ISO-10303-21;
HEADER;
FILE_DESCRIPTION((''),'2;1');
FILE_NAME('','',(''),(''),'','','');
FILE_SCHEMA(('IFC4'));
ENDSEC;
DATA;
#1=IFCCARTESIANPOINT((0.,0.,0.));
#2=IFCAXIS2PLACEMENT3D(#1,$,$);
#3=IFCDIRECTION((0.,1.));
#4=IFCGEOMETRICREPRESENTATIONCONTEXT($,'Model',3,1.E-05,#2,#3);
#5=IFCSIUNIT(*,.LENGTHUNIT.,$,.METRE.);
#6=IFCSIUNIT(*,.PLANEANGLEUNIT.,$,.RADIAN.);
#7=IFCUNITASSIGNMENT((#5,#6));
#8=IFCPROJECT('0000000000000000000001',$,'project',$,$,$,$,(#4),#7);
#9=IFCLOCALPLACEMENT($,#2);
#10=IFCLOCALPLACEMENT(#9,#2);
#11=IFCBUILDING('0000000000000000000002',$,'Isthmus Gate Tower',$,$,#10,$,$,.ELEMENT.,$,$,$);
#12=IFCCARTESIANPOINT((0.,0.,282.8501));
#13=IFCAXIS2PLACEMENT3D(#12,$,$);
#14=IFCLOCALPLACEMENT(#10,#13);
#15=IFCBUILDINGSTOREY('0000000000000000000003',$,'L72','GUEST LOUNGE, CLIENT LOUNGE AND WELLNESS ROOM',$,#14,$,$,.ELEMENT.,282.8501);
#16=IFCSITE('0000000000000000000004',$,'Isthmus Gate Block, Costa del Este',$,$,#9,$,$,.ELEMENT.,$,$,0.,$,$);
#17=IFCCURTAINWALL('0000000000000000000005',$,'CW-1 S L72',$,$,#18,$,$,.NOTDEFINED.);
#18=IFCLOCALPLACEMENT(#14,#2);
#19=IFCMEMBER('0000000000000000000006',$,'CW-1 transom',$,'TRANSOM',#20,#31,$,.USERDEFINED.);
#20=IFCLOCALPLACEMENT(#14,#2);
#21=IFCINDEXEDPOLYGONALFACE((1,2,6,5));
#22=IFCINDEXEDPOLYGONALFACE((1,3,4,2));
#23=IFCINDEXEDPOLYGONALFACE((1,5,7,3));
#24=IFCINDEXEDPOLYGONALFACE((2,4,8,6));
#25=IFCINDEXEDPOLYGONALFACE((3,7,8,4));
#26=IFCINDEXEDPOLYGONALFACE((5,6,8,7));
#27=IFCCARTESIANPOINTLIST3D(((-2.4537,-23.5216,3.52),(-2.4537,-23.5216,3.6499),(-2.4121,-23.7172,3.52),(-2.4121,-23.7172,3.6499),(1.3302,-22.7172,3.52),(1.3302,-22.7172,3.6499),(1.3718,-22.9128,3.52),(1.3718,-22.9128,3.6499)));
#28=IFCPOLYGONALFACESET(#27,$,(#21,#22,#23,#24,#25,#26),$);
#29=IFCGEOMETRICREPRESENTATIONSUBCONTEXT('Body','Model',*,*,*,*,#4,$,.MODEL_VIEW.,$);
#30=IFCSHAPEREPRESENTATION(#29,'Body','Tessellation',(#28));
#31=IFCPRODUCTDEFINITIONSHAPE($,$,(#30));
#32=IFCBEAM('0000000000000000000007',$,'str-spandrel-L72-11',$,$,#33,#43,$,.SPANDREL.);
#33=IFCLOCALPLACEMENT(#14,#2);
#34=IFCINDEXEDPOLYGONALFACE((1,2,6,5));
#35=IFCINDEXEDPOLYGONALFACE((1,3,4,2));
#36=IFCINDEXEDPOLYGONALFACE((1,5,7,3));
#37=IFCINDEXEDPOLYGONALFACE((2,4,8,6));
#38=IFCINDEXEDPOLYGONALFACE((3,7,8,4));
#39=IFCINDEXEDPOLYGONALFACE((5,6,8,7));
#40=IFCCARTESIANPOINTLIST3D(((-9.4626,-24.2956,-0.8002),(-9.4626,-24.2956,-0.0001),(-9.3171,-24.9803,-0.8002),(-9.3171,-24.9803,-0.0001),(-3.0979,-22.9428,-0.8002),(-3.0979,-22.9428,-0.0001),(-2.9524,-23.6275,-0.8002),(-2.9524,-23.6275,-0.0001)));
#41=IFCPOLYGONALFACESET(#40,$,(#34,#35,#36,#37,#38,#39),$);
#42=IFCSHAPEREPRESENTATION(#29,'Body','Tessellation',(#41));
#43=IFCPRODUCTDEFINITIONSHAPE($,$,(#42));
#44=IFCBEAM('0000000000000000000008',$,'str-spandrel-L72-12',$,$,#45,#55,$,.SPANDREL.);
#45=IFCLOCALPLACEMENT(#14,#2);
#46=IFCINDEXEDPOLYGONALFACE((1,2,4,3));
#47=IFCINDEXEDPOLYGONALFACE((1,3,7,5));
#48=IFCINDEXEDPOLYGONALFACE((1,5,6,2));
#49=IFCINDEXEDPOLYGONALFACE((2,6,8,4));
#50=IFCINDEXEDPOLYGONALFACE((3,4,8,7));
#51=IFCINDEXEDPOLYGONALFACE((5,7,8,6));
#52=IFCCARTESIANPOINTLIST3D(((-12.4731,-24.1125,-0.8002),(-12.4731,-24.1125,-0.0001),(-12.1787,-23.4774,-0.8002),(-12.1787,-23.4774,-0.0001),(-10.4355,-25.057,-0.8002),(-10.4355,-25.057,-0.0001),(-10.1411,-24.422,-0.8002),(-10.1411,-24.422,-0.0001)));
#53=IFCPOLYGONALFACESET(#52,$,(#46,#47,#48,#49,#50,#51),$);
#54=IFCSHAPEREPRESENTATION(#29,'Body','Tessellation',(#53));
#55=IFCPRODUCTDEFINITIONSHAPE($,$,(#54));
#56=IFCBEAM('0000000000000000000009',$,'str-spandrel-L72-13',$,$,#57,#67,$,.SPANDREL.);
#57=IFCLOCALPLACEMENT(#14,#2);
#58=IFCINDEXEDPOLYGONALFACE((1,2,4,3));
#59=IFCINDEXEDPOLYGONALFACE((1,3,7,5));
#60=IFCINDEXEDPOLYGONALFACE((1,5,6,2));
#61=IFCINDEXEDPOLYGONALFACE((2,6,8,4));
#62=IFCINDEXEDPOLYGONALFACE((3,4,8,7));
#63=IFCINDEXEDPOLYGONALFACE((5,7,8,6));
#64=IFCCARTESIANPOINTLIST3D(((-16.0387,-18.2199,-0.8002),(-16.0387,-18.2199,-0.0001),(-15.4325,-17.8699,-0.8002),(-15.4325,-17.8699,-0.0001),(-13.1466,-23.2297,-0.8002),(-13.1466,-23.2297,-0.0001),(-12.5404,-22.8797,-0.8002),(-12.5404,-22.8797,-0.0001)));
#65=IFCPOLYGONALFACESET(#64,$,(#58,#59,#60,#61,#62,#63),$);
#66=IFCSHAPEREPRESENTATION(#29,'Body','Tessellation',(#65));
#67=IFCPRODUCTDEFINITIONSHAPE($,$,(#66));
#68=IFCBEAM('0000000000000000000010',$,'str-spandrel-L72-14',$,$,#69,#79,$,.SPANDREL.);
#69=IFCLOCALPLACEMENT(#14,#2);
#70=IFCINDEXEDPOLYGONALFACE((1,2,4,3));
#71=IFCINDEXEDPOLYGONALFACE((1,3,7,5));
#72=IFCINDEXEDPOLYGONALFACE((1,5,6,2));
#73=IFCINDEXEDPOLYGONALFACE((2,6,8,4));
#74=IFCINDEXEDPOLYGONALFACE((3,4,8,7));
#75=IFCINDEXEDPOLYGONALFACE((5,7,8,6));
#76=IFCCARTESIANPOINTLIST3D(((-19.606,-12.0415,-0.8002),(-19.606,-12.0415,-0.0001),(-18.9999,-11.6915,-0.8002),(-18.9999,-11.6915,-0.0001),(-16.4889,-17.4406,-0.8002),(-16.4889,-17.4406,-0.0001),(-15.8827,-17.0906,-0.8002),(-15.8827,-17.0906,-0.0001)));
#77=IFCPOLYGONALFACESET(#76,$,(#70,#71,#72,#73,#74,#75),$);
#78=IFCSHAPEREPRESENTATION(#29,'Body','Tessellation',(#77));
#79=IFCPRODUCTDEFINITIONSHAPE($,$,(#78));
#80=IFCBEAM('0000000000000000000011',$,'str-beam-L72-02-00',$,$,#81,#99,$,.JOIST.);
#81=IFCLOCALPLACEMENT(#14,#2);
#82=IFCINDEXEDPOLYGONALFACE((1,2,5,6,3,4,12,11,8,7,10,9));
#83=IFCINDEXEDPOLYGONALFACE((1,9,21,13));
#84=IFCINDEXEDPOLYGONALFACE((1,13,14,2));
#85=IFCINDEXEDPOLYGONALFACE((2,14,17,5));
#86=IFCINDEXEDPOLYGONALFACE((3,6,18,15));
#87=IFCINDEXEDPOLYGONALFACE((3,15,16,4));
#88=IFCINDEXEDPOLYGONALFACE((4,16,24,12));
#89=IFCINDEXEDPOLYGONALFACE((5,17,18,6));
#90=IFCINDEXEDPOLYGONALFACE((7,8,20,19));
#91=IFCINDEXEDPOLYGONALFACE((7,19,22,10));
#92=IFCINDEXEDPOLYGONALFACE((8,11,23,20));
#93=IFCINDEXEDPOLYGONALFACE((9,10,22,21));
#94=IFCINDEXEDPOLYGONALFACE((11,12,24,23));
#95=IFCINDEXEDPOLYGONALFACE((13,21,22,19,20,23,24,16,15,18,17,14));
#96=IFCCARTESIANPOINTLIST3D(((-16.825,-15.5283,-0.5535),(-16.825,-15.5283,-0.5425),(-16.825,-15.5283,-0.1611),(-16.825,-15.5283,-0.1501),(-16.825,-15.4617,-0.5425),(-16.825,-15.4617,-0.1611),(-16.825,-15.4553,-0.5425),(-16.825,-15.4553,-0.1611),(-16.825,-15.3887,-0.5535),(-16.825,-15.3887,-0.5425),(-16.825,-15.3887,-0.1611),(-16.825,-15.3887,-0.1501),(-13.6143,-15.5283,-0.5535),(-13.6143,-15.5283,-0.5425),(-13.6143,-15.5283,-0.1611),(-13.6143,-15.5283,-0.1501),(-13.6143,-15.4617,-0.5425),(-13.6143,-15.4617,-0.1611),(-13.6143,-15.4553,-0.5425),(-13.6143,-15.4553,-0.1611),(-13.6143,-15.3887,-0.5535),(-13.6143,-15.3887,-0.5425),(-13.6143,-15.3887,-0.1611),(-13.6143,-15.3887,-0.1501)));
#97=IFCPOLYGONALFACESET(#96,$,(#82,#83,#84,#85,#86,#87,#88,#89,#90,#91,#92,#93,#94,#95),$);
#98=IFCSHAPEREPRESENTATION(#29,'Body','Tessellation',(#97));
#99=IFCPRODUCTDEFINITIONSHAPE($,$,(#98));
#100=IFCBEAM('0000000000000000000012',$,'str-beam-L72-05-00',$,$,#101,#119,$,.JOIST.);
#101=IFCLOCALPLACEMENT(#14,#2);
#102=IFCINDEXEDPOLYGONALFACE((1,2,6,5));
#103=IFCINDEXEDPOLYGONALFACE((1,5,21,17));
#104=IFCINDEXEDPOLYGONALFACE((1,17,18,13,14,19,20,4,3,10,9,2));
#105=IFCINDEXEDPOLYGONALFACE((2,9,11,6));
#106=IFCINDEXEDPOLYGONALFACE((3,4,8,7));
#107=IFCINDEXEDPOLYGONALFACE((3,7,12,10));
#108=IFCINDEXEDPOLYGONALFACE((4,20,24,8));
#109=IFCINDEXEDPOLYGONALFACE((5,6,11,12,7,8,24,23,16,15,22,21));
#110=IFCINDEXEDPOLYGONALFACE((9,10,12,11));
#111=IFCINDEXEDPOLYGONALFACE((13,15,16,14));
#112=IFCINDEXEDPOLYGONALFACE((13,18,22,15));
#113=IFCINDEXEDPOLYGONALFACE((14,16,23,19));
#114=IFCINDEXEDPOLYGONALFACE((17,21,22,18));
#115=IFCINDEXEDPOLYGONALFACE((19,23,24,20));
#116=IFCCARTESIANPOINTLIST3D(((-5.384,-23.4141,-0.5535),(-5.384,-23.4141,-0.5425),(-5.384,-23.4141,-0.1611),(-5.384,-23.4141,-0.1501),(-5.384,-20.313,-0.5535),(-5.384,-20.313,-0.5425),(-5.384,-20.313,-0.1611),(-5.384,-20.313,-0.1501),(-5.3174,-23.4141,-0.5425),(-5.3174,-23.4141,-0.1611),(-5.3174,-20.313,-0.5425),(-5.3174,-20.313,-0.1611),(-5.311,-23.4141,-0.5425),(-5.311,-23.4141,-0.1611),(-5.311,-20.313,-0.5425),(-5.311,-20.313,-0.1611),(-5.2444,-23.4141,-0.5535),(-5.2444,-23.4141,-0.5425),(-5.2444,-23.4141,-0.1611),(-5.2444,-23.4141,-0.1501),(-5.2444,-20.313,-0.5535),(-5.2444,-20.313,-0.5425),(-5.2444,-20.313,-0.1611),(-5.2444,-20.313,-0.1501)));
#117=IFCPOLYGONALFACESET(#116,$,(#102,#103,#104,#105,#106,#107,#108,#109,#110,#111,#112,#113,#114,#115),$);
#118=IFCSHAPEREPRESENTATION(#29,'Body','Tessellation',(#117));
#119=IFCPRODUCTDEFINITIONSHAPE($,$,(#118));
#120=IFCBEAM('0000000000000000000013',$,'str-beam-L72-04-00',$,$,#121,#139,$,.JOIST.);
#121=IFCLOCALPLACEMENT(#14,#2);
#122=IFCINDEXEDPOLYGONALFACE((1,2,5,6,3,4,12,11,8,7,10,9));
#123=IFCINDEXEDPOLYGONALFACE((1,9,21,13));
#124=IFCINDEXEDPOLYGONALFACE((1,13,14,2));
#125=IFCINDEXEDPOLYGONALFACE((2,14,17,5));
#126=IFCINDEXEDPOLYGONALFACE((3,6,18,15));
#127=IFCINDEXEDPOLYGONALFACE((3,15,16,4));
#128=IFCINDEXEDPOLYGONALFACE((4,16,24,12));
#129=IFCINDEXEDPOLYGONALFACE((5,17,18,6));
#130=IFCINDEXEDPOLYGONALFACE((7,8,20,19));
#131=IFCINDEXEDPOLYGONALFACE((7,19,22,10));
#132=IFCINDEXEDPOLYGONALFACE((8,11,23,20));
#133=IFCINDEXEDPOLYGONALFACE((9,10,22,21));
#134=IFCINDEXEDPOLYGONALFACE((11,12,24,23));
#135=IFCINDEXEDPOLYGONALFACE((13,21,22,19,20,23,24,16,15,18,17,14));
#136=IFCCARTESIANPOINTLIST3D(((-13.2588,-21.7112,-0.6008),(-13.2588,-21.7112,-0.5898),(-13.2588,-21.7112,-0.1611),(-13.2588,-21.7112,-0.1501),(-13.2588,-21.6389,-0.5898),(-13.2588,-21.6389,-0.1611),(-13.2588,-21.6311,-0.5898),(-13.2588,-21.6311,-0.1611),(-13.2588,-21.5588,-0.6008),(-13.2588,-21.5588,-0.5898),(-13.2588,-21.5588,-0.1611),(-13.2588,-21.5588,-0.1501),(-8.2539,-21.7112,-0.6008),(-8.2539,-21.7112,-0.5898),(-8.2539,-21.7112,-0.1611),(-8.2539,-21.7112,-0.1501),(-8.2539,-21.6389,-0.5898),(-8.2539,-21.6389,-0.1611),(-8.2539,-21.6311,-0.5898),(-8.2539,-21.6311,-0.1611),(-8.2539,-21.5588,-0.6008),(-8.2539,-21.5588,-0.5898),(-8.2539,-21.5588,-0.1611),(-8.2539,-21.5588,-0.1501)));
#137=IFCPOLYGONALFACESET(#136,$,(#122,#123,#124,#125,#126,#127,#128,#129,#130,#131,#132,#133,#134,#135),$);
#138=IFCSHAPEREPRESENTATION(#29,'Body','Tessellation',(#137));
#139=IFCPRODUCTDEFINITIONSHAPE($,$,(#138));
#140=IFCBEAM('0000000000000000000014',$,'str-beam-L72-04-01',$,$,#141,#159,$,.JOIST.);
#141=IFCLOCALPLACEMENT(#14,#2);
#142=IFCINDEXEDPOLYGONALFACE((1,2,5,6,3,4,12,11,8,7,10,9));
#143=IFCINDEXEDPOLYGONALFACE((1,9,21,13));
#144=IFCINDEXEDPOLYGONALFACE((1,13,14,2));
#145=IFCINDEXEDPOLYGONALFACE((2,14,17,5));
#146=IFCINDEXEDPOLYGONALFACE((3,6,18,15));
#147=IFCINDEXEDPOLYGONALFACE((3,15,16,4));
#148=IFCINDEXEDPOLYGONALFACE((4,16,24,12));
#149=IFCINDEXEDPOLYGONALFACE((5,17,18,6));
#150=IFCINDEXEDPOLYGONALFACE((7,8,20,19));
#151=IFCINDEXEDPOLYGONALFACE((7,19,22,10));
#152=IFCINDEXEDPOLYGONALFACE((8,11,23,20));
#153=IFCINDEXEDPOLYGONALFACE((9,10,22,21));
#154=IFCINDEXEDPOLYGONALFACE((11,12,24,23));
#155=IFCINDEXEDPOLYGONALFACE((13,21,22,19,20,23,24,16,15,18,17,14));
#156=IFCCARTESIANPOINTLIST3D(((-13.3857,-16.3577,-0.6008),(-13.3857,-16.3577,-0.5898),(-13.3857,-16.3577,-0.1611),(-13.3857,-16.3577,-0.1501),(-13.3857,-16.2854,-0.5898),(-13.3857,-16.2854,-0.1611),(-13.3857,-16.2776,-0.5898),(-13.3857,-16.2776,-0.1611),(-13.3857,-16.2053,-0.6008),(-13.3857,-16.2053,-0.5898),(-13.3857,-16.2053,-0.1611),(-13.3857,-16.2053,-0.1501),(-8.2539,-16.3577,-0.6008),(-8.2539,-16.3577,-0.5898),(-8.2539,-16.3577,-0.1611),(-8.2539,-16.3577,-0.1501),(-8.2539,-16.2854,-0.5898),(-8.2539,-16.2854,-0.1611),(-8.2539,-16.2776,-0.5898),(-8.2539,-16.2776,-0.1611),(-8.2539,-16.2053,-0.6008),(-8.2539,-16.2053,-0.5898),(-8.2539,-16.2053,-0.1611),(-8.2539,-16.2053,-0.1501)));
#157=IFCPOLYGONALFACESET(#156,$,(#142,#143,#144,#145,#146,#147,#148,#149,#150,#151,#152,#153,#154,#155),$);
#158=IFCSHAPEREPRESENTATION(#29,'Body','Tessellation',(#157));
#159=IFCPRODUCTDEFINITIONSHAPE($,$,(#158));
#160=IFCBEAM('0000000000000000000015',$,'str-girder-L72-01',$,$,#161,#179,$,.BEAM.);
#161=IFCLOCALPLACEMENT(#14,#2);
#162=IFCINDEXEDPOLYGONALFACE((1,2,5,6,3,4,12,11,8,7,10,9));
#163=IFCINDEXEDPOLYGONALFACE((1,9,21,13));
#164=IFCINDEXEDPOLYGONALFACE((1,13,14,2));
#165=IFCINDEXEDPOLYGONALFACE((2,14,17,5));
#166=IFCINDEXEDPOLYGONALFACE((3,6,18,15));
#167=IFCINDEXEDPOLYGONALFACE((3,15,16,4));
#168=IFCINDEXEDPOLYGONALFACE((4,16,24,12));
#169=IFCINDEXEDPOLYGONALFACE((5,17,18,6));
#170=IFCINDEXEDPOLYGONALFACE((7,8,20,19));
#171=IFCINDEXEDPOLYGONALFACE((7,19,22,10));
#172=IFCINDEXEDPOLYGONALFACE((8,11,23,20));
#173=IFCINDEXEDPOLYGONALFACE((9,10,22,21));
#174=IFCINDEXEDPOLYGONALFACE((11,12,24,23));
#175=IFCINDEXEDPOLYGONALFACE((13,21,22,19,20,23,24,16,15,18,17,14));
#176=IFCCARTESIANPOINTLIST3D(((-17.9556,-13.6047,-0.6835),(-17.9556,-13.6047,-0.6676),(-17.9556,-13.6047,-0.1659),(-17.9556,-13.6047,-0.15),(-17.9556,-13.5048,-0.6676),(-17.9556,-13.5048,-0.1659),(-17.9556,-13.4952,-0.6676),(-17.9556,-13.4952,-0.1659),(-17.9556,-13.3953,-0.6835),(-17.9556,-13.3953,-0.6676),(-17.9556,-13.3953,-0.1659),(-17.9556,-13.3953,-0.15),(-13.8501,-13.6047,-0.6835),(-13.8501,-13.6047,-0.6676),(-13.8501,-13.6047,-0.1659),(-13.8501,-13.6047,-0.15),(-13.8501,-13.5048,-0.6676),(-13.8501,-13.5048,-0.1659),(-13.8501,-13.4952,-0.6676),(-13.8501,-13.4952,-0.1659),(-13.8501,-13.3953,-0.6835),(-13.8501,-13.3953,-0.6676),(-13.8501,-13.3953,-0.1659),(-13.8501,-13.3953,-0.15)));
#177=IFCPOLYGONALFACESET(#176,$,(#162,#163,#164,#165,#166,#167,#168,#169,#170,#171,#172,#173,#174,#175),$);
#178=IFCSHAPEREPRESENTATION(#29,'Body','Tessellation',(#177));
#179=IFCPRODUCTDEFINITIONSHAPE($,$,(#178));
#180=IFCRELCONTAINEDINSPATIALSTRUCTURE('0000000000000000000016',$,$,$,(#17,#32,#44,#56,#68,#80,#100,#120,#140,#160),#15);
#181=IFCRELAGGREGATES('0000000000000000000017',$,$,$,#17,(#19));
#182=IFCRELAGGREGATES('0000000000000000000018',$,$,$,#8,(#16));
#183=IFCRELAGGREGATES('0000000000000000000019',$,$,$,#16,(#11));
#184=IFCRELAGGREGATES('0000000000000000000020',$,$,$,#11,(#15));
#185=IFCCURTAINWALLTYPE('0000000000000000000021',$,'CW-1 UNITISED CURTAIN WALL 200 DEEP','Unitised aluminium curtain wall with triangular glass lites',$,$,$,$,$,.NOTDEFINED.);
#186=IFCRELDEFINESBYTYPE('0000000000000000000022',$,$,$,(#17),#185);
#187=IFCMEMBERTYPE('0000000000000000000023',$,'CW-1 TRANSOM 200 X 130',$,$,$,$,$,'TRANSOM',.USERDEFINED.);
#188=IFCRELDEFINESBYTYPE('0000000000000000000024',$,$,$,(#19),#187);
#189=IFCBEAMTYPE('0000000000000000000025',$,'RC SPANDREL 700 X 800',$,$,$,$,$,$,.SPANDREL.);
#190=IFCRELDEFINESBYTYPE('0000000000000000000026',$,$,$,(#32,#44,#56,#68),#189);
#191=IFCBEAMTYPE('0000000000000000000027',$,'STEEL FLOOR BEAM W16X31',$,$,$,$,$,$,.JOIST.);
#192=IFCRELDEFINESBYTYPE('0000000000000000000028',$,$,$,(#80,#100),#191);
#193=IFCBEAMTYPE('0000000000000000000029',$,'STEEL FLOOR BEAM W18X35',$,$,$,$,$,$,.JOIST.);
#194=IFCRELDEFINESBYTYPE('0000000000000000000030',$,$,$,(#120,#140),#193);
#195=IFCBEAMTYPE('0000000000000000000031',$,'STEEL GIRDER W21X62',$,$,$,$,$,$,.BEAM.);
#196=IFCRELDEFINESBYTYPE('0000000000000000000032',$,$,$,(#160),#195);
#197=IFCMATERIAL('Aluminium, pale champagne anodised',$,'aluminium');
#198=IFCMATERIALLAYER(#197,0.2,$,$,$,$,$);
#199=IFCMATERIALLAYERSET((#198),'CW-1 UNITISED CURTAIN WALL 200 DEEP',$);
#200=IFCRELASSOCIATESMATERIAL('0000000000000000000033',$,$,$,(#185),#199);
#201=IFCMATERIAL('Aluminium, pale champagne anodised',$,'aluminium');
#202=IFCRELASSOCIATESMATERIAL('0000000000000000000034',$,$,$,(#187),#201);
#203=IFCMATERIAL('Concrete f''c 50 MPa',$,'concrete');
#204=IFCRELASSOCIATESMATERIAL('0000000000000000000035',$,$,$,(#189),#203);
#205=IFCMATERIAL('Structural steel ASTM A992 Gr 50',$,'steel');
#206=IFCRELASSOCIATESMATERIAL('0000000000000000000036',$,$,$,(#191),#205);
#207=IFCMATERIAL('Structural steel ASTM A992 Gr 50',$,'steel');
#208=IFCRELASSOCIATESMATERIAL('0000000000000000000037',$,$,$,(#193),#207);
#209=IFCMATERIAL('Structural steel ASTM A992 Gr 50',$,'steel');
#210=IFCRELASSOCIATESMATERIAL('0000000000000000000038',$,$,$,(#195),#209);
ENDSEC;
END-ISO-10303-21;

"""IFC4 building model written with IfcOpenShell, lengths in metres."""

from ifc_helpers import new_model, si_unit, direction, frame, origin, origin_2d, place, context, subcontext, project, spatial, rectangle, i_section, extrude, material, layer, layer_set, material_profile, profile_set, type_object, element, aggregate, save


model = new_model("IFC4")

# Units and contexts
model_context = context("Model", 3, precision=1e-05, world=origin(), true_north=direction((0.0, 1.0)))
body_context = subcontext(model_context, "Body", "Model", "MODEL_VIEW")
ifc_project = project(units=[si_unit("LENGTHUNIT", "METRE"), si_unit("PLANEANGLEUNIT", "RADIAN")], contexts=[model_context])

# Site, building, storey
site_placement = place(None, origin())
site = spatial("IfcSite", under=ifc_project, at=site_placement, Name="Isthmus Gate Block, Costa del Este", CompositionType="ELEMENT", RefElevation=0.0)
building_placement = place(site_placement, origin())
building = spatial("IfcBuilding", under=site, at=building_placement, Name="Isthmus Gate Tower", CompositionType="ELEMENT")
storey_placement = place(building_placement, frame((0.0, 0.0, 282.8501)))
storey = spatial("IfcBuildingStorey", under=building, at=storey_placement, Name="L72", Description="GUEST LOUNGE, CLIENT LOUNGE AND WELLNESS ROOM", CompositionType="ELEMENT", Elevation=282.8501)

# Shared definitions
ifc_material_1 = material(Name="Aluminium, pale champagne anodised", Category="aluminium")
ifc_layer_1 = layer(ifc_material_1, 0.2)
ifc_layer_set_1 = layer_set([ifc_layer_1], Name="CW-1 UNITISED CURTAIN WALL 200 DEEP")
curtain_wall_type = type_object("IfcCurtainWallType", Name="CW-1 UNITISED CURTAIN WALL 200 DEEP", Description="Unitised aluminium curtain wall with triangular glass lites", PredefinedType="NOTDEFINED", material=ifc_layer_set_1)

# Curtain wall
curtain_wall_1_placement = place(storey_placement, origin())
curtain_wall_1 = element("IfcCurtainWall", 1, at=curtain_wall_1_placement, inside=storey, type_object=curtain_wall_type, Name="CW-1 S L72", PredefinedType="NOTDEFINED")

# Member
ifc_material_2 = material(Name="Aluminium, pale champagne anodised", Category="aluminium")
ifc_material_profile_1 = material_profile(ifc_material_2, rectangle(XDim=0.2, YDim=0.1299, at=origin_2d()), Name="200x130")
ifc_profile_set_1 = profile_set([ifc_material_profile_1], Name="Aluminium, pale champagne anodised")
member_type_1 = type_object("IfcMemberType", Name="CW-1 TRANSOM 200 X 130", ElementType="TRANSOM", PredefinedType="USERDEFINED", material=ifc_profile_set_1)
member_1_placement = place(storey_placement, frame((-2.4329, -23.6194, 3.585), z_axis=(0.97814, 0.207947, 0.0), x_axis=(-0.207947, 0.97814, 0.0)))
member_1 = element("IfcMember", 2, at=member_1_placement, type_object=member_type_1, Name="CW-1 transom", ObjectType="TRANSOM", PredefinedType="USERDEFINED", context=body_context, shape_type="SweptSolid", body=[
    extrude(rectangle(XDim=0.2, YDim=0.1299, at=origin_2d()), origin(), (0.0, 0.0, 1.0), 3.8684),
])

# Beams
ifc_material_3 = material(Name="Concrete f'c 50 MPa", Category="concrete")
ifc_material_profile_2 = material_profile(ifc_material_3, rectangle(XDim=0.7, YDim=0.8, at=origin_2d()), Name="RC 700X800")
ifc_profile_set_2 = profile_set([ifc_material_profile_2], Name="Concrete f'c 50 MPa")
beam_type_1 = type_object("IfcBeamType", Name="RC SPANDREL 700 X 800", PredefinedType="SPANDREL", material=ifc_profile_set_2)
beam_1_placement = place(storey_placement, frame((-3.0251, -23.2852, -0.4001), z_axis=(-0.97815, -0.207899, 0.0), x_axis=(0.207899, -0.97815, 0.0)))
element("IfcBeam", 3, at=beam_1_placement, inside=storey, type_object=beam_type_1, Name="str-spandrel-L72-11", PredefinedType="SPANDREL", context=body_context, shape_type="SweptSolid", body=[
    extrude(rectangle(XDim=0.7, YDim=0.8, at=origin_2d()), origin(), (0.0, 0.0, 1.0), 6.5068),
])
beam_2_placement = place(storey_placement, frame((-10.2883, -24.7395, -0.4001), z_axis=(-0.907255, 0.420581, 0.0), x_axis=(-0.420581, -0.907255, 0.0)))
element("IfcBeam", 4, at=beam_2_placement, inside=storey, type_object=beam_type_1, Name="str-spandrel-L72-12", PredefinedType="SPANDREL", context=body_context, shape_type="SweptSolid", body=[
    extrude(rectangle(XDim=0.7, YDim=0.8, at=origin_2d()), origin(), (0.0, 0.0, 1.0), 2.2458),
])
beam_3_placement = place(storey_placement, frame((-12.8435, -23.0547, -0.4001), z_axis=(-0.499961, 0.866048, 0.0), x_axis=(-0.866048, -0.499961, 0.0)))
element("IfcBeam", 5, at=beam_3_placement, inside=storey, type_object=beam_type_1, Name="str-spandrel-L72-13", PredefinedType="SPANDREL", context=body_context, shape_type="SweptSolid", body=[
    extrude(rectangle(XDim=0.7, YDim=0.8, at=origin_2d()), origin(), (0.0, 0.0, 1.0), 5.7847),
])
beam_4_placement = place(storey_placement, frame((-16.1858, -17.2656, -0.4001), z_axis=(-0.499997, 0.866027, 0.0), x_axis=(-0.866027, -0.499997, 0.0)))
element("IfcBeam", 6, at=beam_4_placement, inside=storey, type_object=beam_type_1, Name="str-spandrel-L72-14", PredefinedType="SPANDREL", context=body_context, shape_type="SweptSolid", body=[
    extrude(rectangle(XDim=0.7, YDim=0.8, at=origin_2d()), origin(), (0.0, 0.0, 1.0), 6.2344),
])
ifc_material_4 = material(Name="Structural steel ASTM A992 Gr 50", Category="steel")
ifc_material_profile_3 = material_profile(ifc_material_4, i_section(OverallWidth=0.1396, OverallDepth=0.4033, WebThickness=0.0063, FlangeThickness=0.011, at=origin_2d()), Name="W16X31")
ifc_profile_set_3 = profile_set([ifc_material_profile_3], Name="Structural steel ASTM A992 Gr 50")
beam_type_2 = type_object("IfcBeamType", Name="STEEL FLOOR BEAM W16X31", PredefinedType="JOIST", material=ifc_profile_set_3)
beam_5_placement = place(storey_placement, frame((-16.825, -15.4585, -0.3518), z_axis=(1.0, 0.0, 0.0), x_axis=(0.0, 1.0, 0.0)))
element("IfcBeam", 7, at=beam_5_placement, inside=storey, type_object=beam_type_2, Name="str-beam-L72-02-00", PredefinedType="JOIST", context=body_context, shape_type="SweptSolid", body=[
    extrude(i_section(OverallWidth=0.1396, OverallDepth=0.4033, WebThickness=0.0063, FlangeThickness=0.011, at=origin_2d()), origin(), (0.0, 0.0, 1.0), 3.2107),
])
beam_6_placement = place(storey_placement, frame((-5.3142, -23.4141, -0.3518), z_axis=(0.0, 1.0, 0.0), x_axis=(-1.0, 0.0, 0.0)))
element("IfcBeam", 8, at=beam_6_placement, inside=storey, type_object=beam_type_2, Name="str-beam-L72-05-00", PredefinedType="JOIST", context=body_context, shape_type="SweptSolid", body=[
    extrude(i_section(OverallWidth=0.1396, OverallDepth=0.4033, WebThickness=0.0063, FlangeThickness=0.011, at=origin_2d()), origin(), (0.0, 0.0, 1.0), 3.1011),
])
ifc_material_5 = material(Name="Structural steel ASTM A992 Gr 50", Category="steel")
ifc_material_profile_4 = material_profile(ifc_material_5, i_section(OverallWidth=0.1523, OverallDepth=0.4507, WebThickness=0.0078, FlangeThickness=0.011, at=origin_2d()), Name="W18X35")
ifc_profile_set_4 = profile_set([ifc_material_profile_4], Name="Structural steel ASTM A992 Gr 50")
beam_type_3 = type_object("IfcBeamType", Name="STEEL FLOOR BEAM W18X35", PredefinedType="JOIST", material=ifc_profile_set_4)
beam_7_placement = place(storey_placement, frame((-13.2588, -21.635, -0.3755), z_axis=(1.0, 0.0, 0.0), x_axis=(0.0, 1.0, 0.0)))
element("IfcBeam", 9, at=beam_7_placement, inside=storey, type_object=beam_type_3, Name="str-beam-L72-04-00", PredefinedType="JOIST", context=body_context, shape_type="SweptSolid", body=[
    extrude(i_section(OverallWidth=0.1523, OverallDepth=0.4507, WebThickness=0.0078, FlangeThickness=0.011, at=origin_2d()), origin(), (0.0, 0.0, 1.0), 5.0049),
])
beam_8_placement = place(storey_placement, frame((-13.3857, -16.2815, -0.3755), z_axis=(1.0, 0.0, 0.0), x_axis=(0.0, 1.0, 0.0)))
element("IfcBeam", 10, at=beam_8_placement, inside=storey, type_object=beam_type_3, Name="str-beam-L72-04-01", PredefinedType="JOIST", context=body_context, shape_type="SweptSolid", body=[
    extrude(i_section(OverallWidth=0.1523, OverallDepth=0.4507, WebThickness=0.0078, FlangeThickness=0.011, at=origin_2d()), origin(), (0.0, 0.0, 1.0), 5.1318),
])
ifc_material_6 = material(Name="Structural steel ASTM A992 Gr 50", Category="steel")
ifc_material_profile_5 = material_profile(ifc_material_6, i_section(OverallWidth=0.2095, OverallDepth=0.5334, WebThickness=0.0095, FlangeThickness=0.0159, at=origin_2d()), Name="W21X62")
ifc_profile_set_5 = profile_set([ifc_material_profile_5], Name="Structural steel ASTM A992 Gr 50")
beam_type_4 = type_object("IfcBeamType", Name="STEEL GIRDER W21X62", PredefinedType="BEAM", material=ifc_profile_set_5)
beam_9_placement = place(storey_placement, frame((-17.9556, -13.5, -0.4167), z_axis=(1.0, 0.0, 0.0), x_axis=(0.0, 1.0, 0.0)))
element("IfcBeam", 11, at=beam_9_placement, inside=storey, type_object=beam_type_4, Name="str-girder-L72-01", PredefinedType="BEAM", context=body_context, shape_type="SweptSolid", body=[
    extrude(i_section(OverallWidth=0.2095, OverallDepth=0.5334, WebThickness=0.0095, FlangeThickness=0.0159, at=origin_2d()), origin(), (0.0, 0.0, 1.0), 4.1055),
])

aggregate(curtain_wall_1, [member_1])

save(model, "model.ifc")
